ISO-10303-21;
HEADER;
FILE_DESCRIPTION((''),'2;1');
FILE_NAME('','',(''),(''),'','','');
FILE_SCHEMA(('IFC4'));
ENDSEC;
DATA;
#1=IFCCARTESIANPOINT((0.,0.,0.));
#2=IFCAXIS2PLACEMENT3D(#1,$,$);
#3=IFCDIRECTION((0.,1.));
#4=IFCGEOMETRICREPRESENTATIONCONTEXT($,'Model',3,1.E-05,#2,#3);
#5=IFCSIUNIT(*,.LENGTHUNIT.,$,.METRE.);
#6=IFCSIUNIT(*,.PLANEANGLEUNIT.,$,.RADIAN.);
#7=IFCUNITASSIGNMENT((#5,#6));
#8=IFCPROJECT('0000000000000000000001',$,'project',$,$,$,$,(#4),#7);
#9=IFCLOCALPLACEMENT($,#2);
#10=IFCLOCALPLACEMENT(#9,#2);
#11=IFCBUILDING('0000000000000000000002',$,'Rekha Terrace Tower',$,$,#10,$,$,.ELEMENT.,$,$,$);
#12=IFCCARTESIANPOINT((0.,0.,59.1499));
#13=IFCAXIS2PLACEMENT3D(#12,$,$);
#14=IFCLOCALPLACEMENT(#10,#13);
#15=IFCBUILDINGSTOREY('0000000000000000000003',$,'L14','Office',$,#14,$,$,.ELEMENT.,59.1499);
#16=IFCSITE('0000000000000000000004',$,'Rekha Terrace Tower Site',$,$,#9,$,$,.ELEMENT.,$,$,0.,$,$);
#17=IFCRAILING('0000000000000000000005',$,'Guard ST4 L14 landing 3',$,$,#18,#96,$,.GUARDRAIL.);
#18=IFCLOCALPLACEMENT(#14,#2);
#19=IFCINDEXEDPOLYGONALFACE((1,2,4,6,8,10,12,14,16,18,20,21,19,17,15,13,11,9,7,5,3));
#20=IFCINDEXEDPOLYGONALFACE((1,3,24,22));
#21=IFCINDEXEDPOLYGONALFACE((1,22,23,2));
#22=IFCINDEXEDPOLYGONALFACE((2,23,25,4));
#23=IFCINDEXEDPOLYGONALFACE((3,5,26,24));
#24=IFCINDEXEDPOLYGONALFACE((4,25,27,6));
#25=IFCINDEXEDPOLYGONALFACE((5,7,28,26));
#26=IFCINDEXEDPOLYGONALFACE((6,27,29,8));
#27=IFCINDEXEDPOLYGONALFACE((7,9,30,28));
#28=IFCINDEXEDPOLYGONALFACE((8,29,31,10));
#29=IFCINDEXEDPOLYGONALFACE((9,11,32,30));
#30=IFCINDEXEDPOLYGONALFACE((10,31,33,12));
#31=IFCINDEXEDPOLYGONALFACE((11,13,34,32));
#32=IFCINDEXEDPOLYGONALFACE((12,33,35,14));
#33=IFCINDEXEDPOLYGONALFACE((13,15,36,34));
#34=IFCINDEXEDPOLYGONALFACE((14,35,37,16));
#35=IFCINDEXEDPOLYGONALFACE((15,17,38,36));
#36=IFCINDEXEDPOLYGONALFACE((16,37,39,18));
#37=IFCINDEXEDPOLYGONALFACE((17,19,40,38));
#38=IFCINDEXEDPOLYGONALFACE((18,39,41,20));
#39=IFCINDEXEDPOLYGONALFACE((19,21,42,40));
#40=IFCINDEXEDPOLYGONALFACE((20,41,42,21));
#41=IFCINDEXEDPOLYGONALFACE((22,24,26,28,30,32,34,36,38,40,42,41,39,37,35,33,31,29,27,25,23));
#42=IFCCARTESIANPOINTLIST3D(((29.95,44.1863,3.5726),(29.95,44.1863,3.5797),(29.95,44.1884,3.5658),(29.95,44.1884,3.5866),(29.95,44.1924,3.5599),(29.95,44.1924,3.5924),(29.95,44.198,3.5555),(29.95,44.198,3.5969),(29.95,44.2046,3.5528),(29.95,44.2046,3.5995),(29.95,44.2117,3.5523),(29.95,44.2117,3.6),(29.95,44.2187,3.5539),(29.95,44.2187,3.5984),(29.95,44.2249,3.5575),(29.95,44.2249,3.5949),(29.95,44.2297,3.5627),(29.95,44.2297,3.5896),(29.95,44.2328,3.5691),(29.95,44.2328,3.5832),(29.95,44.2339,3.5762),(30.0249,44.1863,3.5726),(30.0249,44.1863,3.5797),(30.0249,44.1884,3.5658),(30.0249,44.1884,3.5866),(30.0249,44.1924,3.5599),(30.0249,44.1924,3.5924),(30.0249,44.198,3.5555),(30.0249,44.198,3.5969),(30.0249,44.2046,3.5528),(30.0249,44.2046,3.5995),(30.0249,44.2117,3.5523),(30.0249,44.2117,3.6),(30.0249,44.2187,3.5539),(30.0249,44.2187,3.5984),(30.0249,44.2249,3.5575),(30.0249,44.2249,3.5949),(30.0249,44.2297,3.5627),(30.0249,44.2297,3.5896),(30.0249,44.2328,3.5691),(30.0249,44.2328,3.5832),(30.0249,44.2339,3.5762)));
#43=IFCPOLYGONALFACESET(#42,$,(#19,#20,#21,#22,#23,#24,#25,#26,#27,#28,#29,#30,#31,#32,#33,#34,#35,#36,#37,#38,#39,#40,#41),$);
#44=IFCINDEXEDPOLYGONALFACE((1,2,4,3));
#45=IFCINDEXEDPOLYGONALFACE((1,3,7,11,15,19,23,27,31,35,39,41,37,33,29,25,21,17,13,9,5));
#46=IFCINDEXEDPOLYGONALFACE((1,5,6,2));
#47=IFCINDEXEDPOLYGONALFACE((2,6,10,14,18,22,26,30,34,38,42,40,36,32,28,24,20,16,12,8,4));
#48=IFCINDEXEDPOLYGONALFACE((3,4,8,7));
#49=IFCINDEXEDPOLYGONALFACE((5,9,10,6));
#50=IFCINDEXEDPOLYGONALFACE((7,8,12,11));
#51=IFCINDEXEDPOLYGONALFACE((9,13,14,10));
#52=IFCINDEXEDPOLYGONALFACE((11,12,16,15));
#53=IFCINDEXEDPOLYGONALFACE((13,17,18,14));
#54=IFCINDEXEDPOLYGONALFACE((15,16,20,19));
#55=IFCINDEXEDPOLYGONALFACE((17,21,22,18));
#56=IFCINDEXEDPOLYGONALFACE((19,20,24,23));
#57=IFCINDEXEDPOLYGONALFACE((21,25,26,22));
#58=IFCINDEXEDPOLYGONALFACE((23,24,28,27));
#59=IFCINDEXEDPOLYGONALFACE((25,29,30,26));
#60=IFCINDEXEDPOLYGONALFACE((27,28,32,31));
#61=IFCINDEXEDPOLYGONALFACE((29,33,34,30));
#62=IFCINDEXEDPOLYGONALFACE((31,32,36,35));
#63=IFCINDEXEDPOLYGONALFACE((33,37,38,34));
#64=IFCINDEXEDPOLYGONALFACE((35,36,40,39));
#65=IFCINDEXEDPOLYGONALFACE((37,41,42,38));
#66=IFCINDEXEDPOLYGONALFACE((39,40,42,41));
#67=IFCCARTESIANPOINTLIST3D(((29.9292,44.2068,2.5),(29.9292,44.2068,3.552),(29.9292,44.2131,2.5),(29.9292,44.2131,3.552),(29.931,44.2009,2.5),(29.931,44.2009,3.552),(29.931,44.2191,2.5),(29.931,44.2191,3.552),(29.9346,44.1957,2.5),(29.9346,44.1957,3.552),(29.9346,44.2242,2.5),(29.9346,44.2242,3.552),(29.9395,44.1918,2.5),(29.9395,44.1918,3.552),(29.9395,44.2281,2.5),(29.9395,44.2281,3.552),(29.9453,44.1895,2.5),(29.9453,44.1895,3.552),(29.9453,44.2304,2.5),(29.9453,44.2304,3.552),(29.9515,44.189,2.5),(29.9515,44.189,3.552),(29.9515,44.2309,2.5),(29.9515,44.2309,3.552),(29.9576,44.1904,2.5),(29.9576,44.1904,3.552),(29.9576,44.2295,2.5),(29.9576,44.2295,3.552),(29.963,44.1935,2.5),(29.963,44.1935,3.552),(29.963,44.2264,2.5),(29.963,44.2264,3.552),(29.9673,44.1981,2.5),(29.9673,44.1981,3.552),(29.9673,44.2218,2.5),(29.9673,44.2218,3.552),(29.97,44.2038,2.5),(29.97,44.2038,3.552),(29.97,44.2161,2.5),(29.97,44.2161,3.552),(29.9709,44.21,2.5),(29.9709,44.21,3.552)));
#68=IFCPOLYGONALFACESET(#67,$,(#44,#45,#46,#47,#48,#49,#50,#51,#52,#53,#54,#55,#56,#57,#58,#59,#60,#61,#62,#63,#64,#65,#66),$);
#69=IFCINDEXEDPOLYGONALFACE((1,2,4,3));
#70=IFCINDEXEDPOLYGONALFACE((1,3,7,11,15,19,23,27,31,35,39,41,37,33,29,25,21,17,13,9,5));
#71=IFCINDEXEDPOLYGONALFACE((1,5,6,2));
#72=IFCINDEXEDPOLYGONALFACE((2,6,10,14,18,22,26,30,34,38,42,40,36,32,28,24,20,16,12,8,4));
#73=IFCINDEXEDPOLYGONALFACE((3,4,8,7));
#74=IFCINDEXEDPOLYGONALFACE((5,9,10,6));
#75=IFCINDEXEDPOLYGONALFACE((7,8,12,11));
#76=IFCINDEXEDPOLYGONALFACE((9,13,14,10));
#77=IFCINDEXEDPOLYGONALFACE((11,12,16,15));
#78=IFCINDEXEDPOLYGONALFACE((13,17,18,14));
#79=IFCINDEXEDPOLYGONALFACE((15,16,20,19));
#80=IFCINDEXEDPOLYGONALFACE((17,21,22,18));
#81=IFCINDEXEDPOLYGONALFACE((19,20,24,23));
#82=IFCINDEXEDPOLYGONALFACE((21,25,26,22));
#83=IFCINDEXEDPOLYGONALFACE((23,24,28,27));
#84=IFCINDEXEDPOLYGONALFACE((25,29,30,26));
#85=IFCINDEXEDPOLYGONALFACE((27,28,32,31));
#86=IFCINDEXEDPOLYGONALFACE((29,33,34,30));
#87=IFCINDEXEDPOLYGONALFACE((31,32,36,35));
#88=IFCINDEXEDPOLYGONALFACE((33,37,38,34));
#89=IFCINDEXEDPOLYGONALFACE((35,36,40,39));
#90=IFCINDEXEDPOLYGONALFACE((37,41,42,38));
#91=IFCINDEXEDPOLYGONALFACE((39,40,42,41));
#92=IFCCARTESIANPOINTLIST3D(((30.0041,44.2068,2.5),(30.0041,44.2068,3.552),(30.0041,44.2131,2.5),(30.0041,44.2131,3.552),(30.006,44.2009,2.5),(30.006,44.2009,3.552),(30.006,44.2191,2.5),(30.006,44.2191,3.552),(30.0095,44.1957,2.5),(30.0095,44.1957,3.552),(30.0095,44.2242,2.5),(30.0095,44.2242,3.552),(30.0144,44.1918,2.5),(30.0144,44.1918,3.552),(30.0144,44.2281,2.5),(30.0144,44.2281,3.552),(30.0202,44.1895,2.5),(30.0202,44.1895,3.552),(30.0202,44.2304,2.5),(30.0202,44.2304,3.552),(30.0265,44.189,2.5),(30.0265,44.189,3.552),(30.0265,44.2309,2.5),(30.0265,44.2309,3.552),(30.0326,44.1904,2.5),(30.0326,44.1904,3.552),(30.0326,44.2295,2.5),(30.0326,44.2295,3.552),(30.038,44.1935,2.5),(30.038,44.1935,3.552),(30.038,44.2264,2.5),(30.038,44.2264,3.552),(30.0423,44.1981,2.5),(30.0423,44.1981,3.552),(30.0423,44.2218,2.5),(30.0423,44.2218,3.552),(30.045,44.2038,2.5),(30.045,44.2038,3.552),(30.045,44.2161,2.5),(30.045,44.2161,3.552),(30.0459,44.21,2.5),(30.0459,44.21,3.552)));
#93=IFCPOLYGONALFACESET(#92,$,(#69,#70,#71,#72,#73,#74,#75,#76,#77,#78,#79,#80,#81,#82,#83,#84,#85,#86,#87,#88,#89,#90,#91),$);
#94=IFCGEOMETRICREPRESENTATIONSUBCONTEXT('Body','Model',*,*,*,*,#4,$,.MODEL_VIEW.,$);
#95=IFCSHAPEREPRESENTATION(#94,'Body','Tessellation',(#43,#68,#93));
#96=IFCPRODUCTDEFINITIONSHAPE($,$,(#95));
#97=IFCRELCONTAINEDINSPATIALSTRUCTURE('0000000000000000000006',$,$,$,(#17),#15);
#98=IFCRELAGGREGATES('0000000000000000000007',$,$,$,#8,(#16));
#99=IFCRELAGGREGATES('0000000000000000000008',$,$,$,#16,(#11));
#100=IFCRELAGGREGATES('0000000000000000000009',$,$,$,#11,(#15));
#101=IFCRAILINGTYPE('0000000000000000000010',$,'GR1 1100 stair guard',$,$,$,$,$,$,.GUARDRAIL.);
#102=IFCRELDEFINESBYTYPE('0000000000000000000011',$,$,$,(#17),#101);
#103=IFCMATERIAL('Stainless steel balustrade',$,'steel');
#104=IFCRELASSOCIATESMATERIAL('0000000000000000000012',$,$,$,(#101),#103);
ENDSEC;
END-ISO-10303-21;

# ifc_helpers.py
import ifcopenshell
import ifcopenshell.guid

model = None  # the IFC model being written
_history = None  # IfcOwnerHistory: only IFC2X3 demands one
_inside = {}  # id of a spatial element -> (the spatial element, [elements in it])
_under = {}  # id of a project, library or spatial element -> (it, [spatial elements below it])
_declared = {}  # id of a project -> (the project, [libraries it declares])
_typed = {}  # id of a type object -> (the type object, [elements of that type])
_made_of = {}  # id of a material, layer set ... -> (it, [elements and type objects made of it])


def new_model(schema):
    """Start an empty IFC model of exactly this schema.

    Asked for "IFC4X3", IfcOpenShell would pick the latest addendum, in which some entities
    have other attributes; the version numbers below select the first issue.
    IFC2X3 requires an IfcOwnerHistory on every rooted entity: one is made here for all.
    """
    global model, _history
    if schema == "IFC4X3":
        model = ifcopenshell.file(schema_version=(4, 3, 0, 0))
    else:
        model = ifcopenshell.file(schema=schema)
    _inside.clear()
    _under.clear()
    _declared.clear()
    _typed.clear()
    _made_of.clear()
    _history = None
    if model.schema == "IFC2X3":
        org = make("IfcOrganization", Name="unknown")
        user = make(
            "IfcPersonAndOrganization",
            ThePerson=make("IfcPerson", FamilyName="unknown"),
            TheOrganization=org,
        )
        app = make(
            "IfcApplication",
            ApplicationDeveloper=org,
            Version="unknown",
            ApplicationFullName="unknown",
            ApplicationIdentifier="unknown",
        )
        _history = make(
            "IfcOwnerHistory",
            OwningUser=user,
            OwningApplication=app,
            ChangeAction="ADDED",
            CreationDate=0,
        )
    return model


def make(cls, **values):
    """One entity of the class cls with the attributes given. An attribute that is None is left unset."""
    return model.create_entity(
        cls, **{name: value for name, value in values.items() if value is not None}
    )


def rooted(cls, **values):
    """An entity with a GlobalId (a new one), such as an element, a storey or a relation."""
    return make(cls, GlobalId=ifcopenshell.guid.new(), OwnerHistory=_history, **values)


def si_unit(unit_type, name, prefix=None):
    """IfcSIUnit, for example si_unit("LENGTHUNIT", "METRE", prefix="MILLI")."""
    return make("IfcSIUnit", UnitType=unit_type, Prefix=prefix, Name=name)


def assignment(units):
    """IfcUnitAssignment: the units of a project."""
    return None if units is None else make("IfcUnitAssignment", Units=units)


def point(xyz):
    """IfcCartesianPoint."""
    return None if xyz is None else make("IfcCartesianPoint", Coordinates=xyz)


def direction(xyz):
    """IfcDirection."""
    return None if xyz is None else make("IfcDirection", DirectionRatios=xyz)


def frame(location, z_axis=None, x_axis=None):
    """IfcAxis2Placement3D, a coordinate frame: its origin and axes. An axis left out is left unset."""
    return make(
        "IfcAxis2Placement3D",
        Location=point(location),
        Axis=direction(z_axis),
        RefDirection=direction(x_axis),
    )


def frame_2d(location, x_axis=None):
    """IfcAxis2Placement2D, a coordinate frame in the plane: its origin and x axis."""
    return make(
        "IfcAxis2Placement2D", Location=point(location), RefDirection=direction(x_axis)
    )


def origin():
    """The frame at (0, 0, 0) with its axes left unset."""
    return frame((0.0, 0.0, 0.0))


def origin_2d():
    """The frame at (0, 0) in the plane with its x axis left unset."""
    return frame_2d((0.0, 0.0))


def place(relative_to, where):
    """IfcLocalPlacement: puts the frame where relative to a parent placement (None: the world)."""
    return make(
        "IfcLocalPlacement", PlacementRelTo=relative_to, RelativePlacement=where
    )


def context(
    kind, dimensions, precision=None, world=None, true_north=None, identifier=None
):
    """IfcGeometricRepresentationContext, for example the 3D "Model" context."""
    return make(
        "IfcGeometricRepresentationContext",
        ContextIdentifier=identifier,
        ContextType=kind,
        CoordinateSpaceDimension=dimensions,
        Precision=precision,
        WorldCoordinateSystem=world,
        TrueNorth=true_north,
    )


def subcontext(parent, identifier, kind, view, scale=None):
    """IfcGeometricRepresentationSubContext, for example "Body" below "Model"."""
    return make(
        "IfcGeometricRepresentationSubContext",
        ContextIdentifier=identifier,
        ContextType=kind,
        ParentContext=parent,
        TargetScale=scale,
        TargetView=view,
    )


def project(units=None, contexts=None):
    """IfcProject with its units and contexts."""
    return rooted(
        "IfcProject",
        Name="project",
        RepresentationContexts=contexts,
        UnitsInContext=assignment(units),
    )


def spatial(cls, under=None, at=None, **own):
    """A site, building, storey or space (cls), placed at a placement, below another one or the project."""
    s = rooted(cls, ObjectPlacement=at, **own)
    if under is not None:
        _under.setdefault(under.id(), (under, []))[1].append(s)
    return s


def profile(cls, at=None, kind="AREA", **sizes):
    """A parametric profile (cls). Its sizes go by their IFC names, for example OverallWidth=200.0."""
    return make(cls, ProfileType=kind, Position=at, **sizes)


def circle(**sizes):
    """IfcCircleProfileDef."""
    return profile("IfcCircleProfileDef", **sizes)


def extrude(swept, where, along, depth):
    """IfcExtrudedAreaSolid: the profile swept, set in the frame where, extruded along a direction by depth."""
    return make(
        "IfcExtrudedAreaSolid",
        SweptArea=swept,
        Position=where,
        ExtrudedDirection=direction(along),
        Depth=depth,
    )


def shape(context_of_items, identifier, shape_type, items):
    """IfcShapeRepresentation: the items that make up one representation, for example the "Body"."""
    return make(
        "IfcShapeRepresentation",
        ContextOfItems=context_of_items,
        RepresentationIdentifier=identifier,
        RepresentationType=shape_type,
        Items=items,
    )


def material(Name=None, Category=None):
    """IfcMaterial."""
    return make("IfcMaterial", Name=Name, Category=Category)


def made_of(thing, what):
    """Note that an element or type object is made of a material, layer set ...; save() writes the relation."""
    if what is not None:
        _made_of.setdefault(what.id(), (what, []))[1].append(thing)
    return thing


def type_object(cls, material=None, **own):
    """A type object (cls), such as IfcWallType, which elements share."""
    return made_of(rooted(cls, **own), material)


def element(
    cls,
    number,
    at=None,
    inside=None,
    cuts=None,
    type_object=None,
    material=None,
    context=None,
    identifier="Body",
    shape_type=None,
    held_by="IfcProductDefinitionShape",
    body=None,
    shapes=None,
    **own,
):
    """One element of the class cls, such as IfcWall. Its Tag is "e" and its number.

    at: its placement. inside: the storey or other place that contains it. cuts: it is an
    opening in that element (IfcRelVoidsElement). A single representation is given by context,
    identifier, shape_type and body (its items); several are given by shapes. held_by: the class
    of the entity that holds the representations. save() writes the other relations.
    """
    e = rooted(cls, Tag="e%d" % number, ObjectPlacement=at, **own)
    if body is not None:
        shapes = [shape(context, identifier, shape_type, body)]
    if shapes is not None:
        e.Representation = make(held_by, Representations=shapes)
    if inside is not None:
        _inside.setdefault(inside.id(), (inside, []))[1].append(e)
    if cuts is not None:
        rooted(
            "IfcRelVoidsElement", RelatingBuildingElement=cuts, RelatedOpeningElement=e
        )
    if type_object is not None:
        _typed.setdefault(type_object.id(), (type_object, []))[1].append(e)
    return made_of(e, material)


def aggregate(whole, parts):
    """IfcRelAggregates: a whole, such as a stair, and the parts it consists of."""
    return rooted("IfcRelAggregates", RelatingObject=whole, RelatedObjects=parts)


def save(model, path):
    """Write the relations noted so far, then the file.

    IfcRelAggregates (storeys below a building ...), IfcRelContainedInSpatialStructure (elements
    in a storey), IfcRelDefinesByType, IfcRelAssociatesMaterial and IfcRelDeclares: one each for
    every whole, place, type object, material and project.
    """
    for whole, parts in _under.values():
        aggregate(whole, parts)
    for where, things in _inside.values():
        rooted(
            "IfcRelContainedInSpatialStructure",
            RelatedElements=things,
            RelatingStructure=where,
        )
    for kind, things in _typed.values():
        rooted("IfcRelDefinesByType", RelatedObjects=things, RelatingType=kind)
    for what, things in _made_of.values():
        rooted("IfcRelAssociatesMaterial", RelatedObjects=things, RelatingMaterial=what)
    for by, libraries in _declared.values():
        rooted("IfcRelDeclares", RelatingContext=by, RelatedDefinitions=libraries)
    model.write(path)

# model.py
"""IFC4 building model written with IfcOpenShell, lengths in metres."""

from ifc_helpers import new_model, si_unit, direction, frame, origin, origin_2d, place, context, subcontext, project, spatial, circle, extrude, material, type_object, element, save


model = new_model("IFC4")

# Units and contexts
model_context = context("Model", 3, precision=1e-05, world=origin(), true_north=direction((0.0, 1.0)))
body_context = subcontext(model_context, "Body", "Model", "MODEL_VIEW")
ifc_project = project(units=[si_unit("LENGTHUNIT", "METRE"), si_unit("PLANEANGLEUNIT", "RADIAN")], contexts=[model_context])

# Site, building, storey
site_placement = place(None, origin())
site = spatial("IfcSite", under=ifc_project, at=site_placement, Name="Rekha Terrace Tower Site", CompositionType="ELEMENT", RefElevation=0.0)
building_placement = place(site_placement, origin())
building = spatial("IfcBuilding", under=site, at=building_placement, Name="Rekha Terrace Tower", CompositionType="ELEMENT")
storey_placement = place(building_placement, frame((0.0, 0.0, 59.1499)))
storey = spatial("IfcBuildingStorey", under=building, at=storey_placement, Name="L14", Description="Office", CompositionType="ELEMENT", Elevation=59.1499)

# Railing
ifc_material_1 = material(Name="Stainless steel balustrade", Category="steel")
railing_type_1 = type_object("IfcRailingType", Name="GR1 1100 stair guard", PredefinedType="GUARDRAIL", material=ifc_material_1)
railing_1_placement = place(storey_placement, frame((29.95, 44.21, 2.5)))
element("IfcRailing", 1, at=railing_1_placement, inside=storey, type_object=railing_type_1, Name="Guard ST4 L14 landing 3", PredefinedType="GUARDRAIL", context=body_context, shape_type="SweptSolid", body=[
    extrude(circle(Radius=0.0239, at=origin_2d()), frame((0.0, 0.0, 1.0762), z_axis=(1.0, 0.0, 0.0), x_axis=(0.0, 1.0, 0.0)), (0.0, 0.0, 1.0), 0.075),
    extrude(circle(Radius=0.021, at=origin_2d()), origin(), (0.0, 0.0, 1.0), 1.052),
    extrude(circle(Radius=0.021, at=origin_2d()), frame((0.075, 0.0, 0.0)), (0.0, 0.0, 1.0), 1.052),
])

save(model, "model.ifc")
